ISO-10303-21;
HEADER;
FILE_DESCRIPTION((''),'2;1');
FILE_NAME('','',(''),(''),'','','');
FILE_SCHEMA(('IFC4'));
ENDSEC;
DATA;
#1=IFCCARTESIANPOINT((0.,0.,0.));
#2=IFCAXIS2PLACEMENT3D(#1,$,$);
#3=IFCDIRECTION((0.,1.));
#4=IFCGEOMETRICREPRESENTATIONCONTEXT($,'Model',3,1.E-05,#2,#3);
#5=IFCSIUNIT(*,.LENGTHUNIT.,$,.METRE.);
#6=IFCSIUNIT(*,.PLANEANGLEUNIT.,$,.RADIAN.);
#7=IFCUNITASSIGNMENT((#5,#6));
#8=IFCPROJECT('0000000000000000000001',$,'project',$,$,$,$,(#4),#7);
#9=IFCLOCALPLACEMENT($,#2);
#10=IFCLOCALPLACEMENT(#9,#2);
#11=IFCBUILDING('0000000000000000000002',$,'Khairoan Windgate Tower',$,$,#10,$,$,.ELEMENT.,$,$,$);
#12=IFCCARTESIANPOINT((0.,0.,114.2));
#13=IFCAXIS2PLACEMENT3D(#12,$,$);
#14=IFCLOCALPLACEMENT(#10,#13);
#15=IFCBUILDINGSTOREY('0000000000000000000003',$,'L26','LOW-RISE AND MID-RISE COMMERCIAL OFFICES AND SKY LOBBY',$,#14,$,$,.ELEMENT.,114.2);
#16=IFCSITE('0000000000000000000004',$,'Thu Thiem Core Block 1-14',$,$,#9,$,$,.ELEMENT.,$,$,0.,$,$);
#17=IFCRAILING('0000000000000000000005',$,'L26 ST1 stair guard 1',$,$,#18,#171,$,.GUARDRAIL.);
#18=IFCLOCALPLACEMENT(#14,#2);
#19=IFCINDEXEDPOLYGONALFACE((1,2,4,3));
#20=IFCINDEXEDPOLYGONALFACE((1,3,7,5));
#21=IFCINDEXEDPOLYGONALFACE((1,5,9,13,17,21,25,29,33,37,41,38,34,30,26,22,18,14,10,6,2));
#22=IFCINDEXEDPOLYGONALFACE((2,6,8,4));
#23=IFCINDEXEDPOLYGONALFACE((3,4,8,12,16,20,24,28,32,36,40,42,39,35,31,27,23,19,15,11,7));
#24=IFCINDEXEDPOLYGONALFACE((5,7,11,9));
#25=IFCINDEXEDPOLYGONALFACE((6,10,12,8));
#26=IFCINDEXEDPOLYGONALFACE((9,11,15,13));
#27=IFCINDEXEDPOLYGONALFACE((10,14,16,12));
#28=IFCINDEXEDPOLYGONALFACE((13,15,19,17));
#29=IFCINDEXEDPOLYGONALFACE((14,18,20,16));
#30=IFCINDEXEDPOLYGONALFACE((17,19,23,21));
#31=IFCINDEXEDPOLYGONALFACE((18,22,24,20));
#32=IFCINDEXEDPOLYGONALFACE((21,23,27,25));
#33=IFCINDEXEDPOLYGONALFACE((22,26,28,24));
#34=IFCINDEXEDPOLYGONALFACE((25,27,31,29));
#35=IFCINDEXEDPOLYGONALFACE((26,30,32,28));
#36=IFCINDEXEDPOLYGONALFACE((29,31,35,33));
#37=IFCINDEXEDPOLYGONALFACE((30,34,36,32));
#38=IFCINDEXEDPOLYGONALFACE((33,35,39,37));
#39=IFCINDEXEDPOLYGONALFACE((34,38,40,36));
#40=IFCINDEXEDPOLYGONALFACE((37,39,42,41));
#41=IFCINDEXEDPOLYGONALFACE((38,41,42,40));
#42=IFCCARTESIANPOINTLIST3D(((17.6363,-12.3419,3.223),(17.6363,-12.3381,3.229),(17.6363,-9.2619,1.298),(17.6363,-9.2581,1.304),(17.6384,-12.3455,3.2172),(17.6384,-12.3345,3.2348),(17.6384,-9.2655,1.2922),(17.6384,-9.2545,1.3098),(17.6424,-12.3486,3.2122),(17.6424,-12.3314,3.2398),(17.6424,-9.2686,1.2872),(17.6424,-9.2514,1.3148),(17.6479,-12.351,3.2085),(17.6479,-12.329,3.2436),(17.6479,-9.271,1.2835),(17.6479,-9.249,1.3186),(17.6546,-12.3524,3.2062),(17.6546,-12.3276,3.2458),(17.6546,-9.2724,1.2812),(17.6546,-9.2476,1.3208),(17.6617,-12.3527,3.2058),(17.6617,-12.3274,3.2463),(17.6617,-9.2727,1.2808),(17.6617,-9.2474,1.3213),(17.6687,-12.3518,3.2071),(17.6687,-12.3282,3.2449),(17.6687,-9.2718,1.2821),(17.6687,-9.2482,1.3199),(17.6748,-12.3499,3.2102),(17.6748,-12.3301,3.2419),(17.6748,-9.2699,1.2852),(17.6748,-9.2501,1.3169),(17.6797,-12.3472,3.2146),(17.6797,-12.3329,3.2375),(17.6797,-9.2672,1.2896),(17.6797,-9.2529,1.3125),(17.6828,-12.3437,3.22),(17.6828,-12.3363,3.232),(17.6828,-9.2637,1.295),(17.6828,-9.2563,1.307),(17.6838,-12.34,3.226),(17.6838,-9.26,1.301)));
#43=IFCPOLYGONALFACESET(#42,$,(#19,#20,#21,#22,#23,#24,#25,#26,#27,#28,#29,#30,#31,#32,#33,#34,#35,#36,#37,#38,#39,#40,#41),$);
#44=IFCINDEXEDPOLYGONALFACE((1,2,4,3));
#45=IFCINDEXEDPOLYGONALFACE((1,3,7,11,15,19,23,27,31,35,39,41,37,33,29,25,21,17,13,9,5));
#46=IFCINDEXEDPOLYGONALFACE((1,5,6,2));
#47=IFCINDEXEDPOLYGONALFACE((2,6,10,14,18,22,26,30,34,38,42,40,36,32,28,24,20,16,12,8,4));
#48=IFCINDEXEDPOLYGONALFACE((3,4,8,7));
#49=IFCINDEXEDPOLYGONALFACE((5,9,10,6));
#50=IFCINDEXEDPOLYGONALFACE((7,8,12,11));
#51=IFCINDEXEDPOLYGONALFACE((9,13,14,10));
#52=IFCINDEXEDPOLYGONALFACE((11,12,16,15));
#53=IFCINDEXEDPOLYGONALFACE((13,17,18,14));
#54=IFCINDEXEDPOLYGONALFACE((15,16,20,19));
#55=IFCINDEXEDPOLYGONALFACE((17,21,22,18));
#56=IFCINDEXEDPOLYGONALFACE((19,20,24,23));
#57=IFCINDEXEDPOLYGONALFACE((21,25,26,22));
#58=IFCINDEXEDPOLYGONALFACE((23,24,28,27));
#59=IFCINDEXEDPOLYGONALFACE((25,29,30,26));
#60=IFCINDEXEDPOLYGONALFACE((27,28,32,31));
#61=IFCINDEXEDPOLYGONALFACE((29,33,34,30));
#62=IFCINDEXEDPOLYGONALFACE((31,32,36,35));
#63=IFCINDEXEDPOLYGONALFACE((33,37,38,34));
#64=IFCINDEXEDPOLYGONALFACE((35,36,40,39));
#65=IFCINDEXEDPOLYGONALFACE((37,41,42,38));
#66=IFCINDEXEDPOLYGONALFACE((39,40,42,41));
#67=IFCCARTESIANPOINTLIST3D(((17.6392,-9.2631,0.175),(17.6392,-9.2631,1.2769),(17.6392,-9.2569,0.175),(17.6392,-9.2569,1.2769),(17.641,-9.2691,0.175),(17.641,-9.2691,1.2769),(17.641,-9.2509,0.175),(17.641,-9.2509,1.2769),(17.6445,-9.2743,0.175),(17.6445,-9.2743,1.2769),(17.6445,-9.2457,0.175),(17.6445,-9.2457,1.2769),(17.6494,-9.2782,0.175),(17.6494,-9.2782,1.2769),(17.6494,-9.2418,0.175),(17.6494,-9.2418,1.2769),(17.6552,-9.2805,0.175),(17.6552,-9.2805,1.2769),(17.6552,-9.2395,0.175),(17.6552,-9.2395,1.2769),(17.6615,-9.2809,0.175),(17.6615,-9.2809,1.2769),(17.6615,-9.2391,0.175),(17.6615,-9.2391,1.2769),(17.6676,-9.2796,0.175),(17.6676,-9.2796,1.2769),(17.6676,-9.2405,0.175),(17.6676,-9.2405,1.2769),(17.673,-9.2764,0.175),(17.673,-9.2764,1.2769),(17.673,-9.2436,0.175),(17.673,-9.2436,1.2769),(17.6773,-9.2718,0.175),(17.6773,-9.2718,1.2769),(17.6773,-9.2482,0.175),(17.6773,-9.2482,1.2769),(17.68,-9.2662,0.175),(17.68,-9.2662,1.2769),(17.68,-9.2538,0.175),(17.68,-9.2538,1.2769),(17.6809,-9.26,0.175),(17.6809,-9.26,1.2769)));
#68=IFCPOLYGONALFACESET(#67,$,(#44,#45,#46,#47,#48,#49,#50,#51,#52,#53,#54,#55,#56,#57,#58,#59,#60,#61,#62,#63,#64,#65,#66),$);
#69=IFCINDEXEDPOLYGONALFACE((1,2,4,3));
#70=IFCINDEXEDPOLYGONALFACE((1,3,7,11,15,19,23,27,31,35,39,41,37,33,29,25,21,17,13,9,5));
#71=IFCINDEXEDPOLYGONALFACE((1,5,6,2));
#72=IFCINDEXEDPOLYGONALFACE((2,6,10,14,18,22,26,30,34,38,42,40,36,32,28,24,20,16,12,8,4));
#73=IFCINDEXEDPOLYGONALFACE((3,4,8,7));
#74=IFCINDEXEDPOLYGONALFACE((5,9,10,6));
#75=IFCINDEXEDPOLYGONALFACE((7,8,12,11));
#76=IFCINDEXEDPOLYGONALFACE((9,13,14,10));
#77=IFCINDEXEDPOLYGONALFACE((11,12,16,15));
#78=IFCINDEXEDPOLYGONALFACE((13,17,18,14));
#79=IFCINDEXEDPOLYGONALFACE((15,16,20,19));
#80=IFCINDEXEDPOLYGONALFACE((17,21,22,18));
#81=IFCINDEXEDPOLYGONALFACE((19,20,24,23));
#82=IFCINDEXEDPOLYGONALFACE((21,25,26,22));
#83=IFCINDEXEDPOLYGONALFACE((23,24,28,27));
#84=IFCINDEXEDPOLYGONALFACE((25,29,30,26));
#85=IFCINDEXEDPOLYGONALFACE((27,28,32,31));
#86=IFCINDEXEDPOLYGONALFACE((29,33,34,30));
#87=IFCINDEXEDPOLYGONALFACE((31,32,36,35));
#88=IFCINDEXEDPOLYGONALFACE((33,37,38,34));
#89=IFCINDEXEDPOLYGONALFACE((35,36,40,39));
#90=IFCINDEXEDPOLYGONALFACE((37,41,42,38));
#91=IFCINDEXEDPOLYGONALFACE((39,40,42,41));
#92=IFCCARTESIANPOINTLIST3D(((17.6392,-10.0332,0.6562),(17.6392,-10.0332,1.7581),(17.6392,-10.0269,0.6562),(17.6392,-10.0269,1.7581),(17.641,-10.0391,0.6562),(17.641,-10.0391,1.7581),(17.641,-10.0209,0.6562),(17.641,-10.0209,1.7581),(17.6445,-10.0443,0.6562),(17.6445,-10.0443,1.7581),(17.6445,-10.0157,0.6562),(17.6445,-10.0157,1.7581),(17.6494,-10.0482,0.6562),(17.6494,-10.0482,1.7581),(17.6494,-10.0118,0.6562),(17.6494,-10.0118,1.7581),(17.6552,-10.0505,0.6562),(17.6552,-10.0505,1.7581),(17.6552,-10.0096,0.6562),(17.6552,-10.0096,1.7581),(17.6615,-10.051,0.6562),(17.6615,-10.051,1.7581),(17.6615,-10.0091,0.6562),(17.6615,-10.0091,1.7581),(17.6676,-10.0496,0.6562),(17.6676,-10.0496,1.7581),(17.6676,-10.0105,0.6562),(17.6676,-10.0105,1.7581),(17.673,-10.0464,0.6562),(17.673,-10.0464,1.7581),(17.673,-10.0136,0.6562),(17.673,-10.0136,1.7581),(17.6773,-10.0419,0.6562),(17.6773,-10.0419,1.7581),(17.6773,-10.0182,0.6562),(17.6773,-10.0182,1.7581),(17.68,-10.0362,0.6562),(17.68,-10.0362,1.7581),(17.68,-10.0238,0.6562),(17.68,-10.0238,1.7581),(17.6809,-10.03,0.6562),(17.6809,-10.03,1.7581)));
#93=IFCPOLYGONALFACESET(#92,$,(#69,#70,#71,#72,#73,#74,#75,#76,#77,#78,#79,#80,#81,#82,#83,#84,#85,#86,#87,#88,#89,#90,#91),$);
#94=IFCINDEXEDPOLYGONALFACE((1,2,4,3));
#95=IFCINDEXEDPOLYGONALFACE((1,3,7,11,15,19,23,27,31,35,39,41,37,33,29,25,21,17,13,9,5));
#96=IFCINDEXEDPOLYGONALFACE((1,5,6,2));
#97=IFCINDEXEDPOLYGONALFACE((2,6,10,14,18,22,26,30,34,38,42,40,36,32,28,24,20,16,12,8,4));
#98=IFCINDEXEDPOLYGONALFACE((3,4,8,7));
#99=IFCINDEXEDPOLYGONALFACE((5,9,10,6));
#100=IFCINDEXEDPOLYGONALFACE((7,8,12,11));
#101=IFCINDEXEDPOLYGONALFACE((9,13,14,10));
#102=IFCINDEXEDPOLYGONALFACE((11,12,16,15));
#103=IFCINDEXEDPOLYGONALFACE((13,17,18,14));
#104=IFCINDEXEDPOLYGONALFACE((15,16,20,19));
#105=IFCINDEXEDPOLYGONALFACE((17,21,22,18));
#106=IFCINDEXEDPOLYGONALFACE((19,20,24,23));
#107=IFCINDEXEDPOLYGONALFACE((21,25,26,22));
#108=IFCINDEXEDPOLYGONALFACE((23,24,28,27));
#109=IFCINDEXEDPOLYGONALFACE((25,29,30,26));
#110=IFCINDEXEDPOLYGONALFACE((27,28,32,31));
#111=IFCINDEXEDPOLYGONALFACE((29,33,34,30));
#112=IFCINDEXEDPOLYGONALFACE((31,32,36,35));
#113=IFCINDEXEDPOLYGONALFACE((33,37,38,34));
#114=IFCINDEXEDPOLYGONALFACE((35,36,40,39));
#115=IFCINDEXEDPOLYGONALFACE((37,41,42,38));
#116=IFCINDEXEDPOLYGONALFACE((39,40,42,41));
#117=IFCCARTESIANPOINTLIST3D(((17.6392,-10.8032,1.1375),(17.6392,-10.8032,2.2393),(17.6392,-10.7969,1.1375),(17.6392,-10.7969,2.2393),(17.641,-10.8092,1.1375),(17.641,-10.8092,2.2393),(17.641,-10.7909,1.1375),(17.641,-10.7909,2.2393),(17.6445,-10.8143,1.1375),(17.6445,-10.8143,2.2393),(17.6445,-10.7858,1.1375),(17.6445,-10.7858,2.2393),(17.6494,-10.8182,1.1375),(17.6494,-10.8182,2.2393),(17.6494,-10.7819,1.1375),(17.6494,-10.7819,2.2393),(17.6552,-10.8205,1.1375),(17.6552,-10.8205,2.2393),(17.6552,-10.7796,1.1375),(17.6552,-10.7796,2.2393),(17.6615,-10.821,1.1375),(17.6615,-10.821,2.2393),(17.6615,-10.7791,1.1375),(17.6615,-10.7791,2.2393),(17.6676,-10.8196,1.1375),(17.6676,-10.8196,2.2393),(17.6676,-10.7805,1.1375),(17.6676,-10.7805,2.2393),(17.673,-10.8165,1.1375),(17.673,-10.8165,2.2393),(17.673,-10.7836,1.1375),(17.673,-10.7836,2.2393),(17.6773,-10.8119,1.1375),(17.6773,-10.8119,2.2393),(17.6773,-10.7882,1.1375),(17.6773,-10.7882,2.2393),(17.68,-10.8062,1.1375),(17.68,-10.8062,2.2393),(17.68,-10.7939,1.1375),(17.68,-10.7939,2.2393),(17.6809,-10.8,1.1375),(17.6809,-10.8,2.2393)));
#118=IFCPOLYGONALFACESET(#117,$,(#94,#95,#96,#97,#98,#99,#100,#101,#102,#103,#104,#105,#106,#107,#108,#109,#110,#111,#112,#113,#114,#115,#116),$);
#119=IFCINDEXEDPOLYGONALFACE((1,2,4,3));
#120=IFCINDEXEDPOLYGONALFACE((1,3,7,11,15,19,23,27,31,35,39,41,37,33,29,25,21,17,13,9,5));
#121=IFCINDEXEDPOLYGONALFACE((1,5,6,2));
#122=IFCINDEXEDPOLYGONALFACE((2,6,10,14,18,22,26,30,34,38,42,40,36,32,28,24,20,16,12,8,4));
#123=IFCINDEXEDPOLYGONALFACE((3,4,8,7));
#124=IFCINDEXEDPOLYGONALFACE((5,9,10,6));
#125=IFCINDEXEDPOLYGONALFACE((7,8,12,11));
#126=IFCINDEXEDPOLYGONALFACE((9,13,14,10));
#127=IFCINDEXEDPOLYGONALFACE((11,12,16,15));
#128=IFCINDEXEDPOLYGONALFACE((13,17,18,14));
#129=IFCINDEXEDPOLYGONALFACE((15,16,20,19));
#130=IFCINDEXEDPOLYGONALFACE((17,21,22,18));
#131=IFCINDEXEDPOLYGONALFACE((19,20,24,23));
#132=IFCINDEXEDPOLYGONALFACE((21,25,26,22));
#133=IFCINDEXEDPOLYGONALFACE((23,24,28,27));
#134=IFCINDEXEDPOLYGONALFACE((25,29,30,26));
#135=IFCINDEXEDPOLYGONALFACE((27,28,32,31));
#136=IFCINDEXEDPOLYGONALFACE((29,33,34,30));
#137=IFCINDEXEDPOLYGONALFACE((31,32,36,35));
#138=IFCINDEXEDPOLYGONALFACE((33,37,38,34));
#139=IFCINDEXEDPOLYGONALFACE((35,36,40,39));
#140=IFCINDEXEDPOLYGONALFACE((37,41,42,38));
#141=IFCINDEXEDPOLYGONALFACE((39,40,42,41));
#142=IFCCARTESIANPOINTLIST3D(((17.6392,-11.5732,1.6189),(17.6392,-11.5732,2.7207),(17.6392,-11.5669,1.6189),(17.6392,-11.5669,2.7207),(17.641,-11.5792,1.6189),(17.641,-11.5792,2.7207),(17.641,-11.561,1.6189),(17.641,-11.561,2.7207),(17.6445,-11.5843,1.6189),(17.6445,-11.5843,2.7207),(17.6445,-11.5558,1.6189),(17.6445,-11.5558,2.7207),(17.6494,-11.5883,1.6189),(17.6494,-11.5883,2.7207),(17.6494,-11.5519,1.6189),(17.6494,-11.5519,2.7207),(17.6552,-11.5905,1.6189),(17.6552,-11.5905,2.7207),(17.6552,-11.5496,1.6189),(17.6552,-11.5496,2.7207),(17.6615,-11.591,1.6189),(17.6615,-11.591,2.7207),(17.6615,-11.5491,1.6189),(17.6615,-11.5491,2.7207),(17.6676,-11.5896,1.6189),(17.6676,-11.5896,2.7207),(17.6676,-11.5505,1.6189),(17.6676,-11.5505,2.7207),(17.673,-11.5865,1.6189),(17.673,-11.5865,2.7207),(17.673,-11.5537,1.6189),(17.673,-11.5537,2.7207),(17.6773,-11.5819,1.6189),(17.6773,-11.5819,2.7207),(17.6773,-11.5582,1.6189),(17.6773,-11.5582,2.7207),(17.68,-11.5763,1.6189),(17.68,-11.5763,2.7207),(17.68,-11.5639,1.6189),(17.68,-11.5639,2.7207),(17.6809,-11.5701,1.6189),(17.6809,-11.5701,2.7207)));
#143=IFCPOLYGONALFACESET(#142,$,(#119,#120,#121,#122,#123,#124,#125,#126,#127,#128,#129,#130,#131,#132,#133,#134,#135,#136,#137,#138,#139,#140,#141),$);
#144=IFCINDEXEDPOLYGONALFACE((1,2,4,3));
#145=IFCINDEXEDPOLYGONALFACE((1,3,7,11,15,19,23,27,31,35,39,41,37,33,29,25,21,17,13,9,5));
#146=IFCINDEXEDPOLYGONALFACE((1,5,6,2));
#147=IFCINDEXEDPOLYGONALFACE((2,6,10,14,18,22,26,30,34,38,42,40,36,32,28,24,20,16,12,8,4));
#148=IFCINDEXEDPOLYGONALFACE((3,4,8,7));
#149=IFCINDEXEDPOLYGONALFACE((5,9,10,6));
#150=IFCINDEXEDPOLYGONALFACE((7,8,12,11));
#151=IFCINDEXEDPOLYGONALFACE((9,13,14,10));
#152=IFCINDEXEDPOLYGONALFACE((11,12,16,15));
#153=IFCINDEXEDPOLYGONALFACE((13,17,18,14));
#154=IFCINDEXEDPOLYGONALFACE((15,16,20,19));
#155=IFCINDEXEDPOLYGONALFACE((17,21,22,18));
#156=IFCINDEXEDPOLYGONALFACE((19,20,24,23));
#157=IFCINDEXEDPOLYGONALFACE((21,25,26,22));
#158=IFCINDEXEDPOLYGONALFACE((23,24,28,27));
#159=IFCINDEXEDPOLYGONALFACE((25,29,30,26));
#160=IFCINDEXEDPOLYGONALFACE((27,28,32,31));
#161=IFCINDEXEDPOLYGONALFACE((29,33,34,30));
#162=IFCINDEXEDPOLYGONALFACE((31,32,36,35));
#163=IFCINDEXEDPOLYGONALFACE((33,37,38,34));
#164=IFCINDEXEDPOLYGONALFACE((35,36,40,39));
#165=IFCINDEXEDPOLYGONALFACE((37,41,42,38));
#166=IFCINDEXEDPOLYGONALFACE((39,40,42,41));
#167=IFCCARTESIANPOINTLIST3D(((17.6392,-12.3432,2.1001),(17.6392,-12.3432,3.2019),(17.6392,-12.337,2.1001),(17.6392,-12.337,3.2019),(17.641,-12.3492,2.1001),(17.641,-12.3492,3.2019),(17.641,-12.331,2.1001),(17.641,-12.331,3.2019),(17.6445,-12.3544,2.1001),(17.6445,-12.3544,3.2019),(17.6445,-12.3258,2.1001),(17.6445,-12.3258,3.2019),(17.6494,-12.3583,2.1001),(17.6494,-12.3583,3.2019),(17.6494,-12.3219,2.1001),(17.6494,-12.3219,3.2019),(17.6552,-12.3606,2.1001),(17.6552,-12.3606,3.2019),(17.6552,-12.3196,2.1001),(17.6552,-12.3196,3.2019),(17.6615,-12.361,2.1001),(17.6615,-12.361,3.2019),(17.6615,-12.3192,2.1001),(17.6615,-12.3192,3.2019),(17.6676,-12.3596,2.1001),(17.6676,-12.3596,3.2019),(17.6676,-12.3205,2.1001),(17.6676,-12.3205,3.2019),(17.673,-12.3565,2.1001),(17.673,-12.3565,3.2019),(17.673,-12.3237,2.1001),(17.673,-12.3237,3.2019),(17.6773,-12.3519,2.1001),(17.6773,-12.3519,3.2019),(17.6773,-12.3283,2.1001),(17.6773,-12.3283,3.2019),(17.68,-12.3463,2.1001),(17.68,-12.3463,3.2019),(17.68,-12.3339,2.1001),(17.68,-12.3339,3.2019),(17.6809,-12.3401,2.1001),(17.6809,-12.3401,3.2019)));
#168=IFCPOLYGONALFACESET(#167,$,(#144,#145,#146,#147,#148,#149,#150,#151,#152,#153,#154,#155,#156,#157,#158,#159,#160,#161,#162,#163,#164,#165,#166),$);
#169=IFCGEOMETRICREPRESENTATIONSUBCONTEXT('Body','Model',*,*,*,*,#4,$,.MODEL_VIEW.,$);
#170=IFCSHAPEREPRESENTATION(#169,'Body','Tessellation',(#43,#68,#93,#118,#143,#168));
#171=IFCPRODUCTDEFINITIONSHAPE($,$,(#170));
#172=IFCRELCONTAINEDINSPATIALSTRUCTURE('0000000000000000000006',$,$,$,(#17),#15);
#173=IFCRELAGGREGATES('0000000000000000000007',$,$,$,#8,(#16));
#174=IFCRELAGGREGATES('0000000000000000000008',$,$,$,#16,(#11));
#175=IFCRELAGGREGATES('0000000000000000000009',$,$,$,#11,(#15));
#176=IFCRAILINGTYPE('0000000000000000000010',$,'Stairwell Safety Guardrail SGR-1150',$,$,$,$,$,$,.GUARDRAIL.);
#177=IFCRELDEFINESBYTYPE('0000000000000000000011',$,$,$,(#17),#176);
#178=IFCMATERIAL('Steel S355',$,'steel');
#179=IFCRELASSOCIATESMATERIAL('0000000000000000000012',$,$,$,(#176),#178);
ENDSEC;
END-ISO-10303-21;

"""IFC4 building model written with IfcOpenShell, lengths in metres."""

from ifc_helpers import new_model, si_unit, direction, frame, origin, origin_2d, place, context, subcontext, project, spatial, circle, extrude, material, type_object, element, save


model = new_model("IFC4")

# Units and contexts
model_context = context("Model", 3, precision=1e-05, world=origin(), true_north=direction((0.0, 1.0)))
body_context = subcontext(model_context, "Body", "Model", "MODEL_VIEW")
ifc_project = project(units=[si_unit("LENGTHUNIT", "METRE"), si_unit("PLANEANGLEUNIT", "RADIAN")], contexts=[model_context])

# Site, building, storey
site_placement = place(None, origin())
site = spatial("IfcSite", under=ifc_project, at=site_placement, Name="Thu Thiem Core Block 1-14", CompositionType="ELEMENT", RefElevation=0.0)
building_placement = place(site_placement, origin())
building = spatial("IfcBuilding", under=site, at=building_placement, Name="Khairoan Windgate Tower", CompositionType="ELEMENT")
storey_placement = place(building_placement, frame((0.0, 0.0, 114.2)))
storey = spatial("IfcBuildingStorey", under=building, at=storey_placement, Name="L26", Description="LOW-RISE AND MID-RISE COMMERCIAL OFFICES AND SKY LOBBY", CompositionType="ELEMENT", Elevation=114.2)

# Railing
ifc_material_1 = material(Name="Steel S355", Category="steel")
railing_type_1 = type_object("IfcRailingType", Name="Stairwell Safety Guardrail SGR-1150", PredefinedType="GUARDRAIL", material=ifc_material_1)
railing_1_placement = place(storey_placement, frame((17.6599, -9.26, 0.175)))
element("IfcRailing", 1, at=railing_1_placement, inside=storey, type_object=railing_type_1, Name="L26 ST1 stair guard 1", PredefinedType="GUARDRAIL", context=body_context, shape_type="SweptSolid", body=[
    extrude(circle(Radius=0.0239, at=origin_2d()), frame((0.0, 0.0, 1.126), z_axis=(0.0, -0.847998, 0.529999), x_axis=(1.0, 0.0, 0.0)), (0.0, 0.0, 1.0), 3.6321),
    extrude(circle(Radius=0.021, at=origin_2d()), origin(), (0.0, 0.0, 1.0), 1.1018),
    extrude(circle(Radius=0.021, at=origin_2d()), frame((0.0, -0.77, 0.4812)), (0.0, 0.0, 1.0), 1.1018),
    extrude(circle(Radius=0.021, at=origin_2d()), frame((0.0, -1.54, 0.9624)), (0.0, 0.0, 1.0), 1.1018),
    extrude(circle(Radius=0.021, at=origin_2d()), frame((0.0, -2.3101, 1.4438)), (0.0, 0.0, 1.0), 1.1018),
    extrude(circle(Radius=0.021, at=origin_2d()), frame((0.0, -3.0801, 1.925)), (0.0, 0.0, 1.0), 1.1018),
])

save(model, "model.ifc")
